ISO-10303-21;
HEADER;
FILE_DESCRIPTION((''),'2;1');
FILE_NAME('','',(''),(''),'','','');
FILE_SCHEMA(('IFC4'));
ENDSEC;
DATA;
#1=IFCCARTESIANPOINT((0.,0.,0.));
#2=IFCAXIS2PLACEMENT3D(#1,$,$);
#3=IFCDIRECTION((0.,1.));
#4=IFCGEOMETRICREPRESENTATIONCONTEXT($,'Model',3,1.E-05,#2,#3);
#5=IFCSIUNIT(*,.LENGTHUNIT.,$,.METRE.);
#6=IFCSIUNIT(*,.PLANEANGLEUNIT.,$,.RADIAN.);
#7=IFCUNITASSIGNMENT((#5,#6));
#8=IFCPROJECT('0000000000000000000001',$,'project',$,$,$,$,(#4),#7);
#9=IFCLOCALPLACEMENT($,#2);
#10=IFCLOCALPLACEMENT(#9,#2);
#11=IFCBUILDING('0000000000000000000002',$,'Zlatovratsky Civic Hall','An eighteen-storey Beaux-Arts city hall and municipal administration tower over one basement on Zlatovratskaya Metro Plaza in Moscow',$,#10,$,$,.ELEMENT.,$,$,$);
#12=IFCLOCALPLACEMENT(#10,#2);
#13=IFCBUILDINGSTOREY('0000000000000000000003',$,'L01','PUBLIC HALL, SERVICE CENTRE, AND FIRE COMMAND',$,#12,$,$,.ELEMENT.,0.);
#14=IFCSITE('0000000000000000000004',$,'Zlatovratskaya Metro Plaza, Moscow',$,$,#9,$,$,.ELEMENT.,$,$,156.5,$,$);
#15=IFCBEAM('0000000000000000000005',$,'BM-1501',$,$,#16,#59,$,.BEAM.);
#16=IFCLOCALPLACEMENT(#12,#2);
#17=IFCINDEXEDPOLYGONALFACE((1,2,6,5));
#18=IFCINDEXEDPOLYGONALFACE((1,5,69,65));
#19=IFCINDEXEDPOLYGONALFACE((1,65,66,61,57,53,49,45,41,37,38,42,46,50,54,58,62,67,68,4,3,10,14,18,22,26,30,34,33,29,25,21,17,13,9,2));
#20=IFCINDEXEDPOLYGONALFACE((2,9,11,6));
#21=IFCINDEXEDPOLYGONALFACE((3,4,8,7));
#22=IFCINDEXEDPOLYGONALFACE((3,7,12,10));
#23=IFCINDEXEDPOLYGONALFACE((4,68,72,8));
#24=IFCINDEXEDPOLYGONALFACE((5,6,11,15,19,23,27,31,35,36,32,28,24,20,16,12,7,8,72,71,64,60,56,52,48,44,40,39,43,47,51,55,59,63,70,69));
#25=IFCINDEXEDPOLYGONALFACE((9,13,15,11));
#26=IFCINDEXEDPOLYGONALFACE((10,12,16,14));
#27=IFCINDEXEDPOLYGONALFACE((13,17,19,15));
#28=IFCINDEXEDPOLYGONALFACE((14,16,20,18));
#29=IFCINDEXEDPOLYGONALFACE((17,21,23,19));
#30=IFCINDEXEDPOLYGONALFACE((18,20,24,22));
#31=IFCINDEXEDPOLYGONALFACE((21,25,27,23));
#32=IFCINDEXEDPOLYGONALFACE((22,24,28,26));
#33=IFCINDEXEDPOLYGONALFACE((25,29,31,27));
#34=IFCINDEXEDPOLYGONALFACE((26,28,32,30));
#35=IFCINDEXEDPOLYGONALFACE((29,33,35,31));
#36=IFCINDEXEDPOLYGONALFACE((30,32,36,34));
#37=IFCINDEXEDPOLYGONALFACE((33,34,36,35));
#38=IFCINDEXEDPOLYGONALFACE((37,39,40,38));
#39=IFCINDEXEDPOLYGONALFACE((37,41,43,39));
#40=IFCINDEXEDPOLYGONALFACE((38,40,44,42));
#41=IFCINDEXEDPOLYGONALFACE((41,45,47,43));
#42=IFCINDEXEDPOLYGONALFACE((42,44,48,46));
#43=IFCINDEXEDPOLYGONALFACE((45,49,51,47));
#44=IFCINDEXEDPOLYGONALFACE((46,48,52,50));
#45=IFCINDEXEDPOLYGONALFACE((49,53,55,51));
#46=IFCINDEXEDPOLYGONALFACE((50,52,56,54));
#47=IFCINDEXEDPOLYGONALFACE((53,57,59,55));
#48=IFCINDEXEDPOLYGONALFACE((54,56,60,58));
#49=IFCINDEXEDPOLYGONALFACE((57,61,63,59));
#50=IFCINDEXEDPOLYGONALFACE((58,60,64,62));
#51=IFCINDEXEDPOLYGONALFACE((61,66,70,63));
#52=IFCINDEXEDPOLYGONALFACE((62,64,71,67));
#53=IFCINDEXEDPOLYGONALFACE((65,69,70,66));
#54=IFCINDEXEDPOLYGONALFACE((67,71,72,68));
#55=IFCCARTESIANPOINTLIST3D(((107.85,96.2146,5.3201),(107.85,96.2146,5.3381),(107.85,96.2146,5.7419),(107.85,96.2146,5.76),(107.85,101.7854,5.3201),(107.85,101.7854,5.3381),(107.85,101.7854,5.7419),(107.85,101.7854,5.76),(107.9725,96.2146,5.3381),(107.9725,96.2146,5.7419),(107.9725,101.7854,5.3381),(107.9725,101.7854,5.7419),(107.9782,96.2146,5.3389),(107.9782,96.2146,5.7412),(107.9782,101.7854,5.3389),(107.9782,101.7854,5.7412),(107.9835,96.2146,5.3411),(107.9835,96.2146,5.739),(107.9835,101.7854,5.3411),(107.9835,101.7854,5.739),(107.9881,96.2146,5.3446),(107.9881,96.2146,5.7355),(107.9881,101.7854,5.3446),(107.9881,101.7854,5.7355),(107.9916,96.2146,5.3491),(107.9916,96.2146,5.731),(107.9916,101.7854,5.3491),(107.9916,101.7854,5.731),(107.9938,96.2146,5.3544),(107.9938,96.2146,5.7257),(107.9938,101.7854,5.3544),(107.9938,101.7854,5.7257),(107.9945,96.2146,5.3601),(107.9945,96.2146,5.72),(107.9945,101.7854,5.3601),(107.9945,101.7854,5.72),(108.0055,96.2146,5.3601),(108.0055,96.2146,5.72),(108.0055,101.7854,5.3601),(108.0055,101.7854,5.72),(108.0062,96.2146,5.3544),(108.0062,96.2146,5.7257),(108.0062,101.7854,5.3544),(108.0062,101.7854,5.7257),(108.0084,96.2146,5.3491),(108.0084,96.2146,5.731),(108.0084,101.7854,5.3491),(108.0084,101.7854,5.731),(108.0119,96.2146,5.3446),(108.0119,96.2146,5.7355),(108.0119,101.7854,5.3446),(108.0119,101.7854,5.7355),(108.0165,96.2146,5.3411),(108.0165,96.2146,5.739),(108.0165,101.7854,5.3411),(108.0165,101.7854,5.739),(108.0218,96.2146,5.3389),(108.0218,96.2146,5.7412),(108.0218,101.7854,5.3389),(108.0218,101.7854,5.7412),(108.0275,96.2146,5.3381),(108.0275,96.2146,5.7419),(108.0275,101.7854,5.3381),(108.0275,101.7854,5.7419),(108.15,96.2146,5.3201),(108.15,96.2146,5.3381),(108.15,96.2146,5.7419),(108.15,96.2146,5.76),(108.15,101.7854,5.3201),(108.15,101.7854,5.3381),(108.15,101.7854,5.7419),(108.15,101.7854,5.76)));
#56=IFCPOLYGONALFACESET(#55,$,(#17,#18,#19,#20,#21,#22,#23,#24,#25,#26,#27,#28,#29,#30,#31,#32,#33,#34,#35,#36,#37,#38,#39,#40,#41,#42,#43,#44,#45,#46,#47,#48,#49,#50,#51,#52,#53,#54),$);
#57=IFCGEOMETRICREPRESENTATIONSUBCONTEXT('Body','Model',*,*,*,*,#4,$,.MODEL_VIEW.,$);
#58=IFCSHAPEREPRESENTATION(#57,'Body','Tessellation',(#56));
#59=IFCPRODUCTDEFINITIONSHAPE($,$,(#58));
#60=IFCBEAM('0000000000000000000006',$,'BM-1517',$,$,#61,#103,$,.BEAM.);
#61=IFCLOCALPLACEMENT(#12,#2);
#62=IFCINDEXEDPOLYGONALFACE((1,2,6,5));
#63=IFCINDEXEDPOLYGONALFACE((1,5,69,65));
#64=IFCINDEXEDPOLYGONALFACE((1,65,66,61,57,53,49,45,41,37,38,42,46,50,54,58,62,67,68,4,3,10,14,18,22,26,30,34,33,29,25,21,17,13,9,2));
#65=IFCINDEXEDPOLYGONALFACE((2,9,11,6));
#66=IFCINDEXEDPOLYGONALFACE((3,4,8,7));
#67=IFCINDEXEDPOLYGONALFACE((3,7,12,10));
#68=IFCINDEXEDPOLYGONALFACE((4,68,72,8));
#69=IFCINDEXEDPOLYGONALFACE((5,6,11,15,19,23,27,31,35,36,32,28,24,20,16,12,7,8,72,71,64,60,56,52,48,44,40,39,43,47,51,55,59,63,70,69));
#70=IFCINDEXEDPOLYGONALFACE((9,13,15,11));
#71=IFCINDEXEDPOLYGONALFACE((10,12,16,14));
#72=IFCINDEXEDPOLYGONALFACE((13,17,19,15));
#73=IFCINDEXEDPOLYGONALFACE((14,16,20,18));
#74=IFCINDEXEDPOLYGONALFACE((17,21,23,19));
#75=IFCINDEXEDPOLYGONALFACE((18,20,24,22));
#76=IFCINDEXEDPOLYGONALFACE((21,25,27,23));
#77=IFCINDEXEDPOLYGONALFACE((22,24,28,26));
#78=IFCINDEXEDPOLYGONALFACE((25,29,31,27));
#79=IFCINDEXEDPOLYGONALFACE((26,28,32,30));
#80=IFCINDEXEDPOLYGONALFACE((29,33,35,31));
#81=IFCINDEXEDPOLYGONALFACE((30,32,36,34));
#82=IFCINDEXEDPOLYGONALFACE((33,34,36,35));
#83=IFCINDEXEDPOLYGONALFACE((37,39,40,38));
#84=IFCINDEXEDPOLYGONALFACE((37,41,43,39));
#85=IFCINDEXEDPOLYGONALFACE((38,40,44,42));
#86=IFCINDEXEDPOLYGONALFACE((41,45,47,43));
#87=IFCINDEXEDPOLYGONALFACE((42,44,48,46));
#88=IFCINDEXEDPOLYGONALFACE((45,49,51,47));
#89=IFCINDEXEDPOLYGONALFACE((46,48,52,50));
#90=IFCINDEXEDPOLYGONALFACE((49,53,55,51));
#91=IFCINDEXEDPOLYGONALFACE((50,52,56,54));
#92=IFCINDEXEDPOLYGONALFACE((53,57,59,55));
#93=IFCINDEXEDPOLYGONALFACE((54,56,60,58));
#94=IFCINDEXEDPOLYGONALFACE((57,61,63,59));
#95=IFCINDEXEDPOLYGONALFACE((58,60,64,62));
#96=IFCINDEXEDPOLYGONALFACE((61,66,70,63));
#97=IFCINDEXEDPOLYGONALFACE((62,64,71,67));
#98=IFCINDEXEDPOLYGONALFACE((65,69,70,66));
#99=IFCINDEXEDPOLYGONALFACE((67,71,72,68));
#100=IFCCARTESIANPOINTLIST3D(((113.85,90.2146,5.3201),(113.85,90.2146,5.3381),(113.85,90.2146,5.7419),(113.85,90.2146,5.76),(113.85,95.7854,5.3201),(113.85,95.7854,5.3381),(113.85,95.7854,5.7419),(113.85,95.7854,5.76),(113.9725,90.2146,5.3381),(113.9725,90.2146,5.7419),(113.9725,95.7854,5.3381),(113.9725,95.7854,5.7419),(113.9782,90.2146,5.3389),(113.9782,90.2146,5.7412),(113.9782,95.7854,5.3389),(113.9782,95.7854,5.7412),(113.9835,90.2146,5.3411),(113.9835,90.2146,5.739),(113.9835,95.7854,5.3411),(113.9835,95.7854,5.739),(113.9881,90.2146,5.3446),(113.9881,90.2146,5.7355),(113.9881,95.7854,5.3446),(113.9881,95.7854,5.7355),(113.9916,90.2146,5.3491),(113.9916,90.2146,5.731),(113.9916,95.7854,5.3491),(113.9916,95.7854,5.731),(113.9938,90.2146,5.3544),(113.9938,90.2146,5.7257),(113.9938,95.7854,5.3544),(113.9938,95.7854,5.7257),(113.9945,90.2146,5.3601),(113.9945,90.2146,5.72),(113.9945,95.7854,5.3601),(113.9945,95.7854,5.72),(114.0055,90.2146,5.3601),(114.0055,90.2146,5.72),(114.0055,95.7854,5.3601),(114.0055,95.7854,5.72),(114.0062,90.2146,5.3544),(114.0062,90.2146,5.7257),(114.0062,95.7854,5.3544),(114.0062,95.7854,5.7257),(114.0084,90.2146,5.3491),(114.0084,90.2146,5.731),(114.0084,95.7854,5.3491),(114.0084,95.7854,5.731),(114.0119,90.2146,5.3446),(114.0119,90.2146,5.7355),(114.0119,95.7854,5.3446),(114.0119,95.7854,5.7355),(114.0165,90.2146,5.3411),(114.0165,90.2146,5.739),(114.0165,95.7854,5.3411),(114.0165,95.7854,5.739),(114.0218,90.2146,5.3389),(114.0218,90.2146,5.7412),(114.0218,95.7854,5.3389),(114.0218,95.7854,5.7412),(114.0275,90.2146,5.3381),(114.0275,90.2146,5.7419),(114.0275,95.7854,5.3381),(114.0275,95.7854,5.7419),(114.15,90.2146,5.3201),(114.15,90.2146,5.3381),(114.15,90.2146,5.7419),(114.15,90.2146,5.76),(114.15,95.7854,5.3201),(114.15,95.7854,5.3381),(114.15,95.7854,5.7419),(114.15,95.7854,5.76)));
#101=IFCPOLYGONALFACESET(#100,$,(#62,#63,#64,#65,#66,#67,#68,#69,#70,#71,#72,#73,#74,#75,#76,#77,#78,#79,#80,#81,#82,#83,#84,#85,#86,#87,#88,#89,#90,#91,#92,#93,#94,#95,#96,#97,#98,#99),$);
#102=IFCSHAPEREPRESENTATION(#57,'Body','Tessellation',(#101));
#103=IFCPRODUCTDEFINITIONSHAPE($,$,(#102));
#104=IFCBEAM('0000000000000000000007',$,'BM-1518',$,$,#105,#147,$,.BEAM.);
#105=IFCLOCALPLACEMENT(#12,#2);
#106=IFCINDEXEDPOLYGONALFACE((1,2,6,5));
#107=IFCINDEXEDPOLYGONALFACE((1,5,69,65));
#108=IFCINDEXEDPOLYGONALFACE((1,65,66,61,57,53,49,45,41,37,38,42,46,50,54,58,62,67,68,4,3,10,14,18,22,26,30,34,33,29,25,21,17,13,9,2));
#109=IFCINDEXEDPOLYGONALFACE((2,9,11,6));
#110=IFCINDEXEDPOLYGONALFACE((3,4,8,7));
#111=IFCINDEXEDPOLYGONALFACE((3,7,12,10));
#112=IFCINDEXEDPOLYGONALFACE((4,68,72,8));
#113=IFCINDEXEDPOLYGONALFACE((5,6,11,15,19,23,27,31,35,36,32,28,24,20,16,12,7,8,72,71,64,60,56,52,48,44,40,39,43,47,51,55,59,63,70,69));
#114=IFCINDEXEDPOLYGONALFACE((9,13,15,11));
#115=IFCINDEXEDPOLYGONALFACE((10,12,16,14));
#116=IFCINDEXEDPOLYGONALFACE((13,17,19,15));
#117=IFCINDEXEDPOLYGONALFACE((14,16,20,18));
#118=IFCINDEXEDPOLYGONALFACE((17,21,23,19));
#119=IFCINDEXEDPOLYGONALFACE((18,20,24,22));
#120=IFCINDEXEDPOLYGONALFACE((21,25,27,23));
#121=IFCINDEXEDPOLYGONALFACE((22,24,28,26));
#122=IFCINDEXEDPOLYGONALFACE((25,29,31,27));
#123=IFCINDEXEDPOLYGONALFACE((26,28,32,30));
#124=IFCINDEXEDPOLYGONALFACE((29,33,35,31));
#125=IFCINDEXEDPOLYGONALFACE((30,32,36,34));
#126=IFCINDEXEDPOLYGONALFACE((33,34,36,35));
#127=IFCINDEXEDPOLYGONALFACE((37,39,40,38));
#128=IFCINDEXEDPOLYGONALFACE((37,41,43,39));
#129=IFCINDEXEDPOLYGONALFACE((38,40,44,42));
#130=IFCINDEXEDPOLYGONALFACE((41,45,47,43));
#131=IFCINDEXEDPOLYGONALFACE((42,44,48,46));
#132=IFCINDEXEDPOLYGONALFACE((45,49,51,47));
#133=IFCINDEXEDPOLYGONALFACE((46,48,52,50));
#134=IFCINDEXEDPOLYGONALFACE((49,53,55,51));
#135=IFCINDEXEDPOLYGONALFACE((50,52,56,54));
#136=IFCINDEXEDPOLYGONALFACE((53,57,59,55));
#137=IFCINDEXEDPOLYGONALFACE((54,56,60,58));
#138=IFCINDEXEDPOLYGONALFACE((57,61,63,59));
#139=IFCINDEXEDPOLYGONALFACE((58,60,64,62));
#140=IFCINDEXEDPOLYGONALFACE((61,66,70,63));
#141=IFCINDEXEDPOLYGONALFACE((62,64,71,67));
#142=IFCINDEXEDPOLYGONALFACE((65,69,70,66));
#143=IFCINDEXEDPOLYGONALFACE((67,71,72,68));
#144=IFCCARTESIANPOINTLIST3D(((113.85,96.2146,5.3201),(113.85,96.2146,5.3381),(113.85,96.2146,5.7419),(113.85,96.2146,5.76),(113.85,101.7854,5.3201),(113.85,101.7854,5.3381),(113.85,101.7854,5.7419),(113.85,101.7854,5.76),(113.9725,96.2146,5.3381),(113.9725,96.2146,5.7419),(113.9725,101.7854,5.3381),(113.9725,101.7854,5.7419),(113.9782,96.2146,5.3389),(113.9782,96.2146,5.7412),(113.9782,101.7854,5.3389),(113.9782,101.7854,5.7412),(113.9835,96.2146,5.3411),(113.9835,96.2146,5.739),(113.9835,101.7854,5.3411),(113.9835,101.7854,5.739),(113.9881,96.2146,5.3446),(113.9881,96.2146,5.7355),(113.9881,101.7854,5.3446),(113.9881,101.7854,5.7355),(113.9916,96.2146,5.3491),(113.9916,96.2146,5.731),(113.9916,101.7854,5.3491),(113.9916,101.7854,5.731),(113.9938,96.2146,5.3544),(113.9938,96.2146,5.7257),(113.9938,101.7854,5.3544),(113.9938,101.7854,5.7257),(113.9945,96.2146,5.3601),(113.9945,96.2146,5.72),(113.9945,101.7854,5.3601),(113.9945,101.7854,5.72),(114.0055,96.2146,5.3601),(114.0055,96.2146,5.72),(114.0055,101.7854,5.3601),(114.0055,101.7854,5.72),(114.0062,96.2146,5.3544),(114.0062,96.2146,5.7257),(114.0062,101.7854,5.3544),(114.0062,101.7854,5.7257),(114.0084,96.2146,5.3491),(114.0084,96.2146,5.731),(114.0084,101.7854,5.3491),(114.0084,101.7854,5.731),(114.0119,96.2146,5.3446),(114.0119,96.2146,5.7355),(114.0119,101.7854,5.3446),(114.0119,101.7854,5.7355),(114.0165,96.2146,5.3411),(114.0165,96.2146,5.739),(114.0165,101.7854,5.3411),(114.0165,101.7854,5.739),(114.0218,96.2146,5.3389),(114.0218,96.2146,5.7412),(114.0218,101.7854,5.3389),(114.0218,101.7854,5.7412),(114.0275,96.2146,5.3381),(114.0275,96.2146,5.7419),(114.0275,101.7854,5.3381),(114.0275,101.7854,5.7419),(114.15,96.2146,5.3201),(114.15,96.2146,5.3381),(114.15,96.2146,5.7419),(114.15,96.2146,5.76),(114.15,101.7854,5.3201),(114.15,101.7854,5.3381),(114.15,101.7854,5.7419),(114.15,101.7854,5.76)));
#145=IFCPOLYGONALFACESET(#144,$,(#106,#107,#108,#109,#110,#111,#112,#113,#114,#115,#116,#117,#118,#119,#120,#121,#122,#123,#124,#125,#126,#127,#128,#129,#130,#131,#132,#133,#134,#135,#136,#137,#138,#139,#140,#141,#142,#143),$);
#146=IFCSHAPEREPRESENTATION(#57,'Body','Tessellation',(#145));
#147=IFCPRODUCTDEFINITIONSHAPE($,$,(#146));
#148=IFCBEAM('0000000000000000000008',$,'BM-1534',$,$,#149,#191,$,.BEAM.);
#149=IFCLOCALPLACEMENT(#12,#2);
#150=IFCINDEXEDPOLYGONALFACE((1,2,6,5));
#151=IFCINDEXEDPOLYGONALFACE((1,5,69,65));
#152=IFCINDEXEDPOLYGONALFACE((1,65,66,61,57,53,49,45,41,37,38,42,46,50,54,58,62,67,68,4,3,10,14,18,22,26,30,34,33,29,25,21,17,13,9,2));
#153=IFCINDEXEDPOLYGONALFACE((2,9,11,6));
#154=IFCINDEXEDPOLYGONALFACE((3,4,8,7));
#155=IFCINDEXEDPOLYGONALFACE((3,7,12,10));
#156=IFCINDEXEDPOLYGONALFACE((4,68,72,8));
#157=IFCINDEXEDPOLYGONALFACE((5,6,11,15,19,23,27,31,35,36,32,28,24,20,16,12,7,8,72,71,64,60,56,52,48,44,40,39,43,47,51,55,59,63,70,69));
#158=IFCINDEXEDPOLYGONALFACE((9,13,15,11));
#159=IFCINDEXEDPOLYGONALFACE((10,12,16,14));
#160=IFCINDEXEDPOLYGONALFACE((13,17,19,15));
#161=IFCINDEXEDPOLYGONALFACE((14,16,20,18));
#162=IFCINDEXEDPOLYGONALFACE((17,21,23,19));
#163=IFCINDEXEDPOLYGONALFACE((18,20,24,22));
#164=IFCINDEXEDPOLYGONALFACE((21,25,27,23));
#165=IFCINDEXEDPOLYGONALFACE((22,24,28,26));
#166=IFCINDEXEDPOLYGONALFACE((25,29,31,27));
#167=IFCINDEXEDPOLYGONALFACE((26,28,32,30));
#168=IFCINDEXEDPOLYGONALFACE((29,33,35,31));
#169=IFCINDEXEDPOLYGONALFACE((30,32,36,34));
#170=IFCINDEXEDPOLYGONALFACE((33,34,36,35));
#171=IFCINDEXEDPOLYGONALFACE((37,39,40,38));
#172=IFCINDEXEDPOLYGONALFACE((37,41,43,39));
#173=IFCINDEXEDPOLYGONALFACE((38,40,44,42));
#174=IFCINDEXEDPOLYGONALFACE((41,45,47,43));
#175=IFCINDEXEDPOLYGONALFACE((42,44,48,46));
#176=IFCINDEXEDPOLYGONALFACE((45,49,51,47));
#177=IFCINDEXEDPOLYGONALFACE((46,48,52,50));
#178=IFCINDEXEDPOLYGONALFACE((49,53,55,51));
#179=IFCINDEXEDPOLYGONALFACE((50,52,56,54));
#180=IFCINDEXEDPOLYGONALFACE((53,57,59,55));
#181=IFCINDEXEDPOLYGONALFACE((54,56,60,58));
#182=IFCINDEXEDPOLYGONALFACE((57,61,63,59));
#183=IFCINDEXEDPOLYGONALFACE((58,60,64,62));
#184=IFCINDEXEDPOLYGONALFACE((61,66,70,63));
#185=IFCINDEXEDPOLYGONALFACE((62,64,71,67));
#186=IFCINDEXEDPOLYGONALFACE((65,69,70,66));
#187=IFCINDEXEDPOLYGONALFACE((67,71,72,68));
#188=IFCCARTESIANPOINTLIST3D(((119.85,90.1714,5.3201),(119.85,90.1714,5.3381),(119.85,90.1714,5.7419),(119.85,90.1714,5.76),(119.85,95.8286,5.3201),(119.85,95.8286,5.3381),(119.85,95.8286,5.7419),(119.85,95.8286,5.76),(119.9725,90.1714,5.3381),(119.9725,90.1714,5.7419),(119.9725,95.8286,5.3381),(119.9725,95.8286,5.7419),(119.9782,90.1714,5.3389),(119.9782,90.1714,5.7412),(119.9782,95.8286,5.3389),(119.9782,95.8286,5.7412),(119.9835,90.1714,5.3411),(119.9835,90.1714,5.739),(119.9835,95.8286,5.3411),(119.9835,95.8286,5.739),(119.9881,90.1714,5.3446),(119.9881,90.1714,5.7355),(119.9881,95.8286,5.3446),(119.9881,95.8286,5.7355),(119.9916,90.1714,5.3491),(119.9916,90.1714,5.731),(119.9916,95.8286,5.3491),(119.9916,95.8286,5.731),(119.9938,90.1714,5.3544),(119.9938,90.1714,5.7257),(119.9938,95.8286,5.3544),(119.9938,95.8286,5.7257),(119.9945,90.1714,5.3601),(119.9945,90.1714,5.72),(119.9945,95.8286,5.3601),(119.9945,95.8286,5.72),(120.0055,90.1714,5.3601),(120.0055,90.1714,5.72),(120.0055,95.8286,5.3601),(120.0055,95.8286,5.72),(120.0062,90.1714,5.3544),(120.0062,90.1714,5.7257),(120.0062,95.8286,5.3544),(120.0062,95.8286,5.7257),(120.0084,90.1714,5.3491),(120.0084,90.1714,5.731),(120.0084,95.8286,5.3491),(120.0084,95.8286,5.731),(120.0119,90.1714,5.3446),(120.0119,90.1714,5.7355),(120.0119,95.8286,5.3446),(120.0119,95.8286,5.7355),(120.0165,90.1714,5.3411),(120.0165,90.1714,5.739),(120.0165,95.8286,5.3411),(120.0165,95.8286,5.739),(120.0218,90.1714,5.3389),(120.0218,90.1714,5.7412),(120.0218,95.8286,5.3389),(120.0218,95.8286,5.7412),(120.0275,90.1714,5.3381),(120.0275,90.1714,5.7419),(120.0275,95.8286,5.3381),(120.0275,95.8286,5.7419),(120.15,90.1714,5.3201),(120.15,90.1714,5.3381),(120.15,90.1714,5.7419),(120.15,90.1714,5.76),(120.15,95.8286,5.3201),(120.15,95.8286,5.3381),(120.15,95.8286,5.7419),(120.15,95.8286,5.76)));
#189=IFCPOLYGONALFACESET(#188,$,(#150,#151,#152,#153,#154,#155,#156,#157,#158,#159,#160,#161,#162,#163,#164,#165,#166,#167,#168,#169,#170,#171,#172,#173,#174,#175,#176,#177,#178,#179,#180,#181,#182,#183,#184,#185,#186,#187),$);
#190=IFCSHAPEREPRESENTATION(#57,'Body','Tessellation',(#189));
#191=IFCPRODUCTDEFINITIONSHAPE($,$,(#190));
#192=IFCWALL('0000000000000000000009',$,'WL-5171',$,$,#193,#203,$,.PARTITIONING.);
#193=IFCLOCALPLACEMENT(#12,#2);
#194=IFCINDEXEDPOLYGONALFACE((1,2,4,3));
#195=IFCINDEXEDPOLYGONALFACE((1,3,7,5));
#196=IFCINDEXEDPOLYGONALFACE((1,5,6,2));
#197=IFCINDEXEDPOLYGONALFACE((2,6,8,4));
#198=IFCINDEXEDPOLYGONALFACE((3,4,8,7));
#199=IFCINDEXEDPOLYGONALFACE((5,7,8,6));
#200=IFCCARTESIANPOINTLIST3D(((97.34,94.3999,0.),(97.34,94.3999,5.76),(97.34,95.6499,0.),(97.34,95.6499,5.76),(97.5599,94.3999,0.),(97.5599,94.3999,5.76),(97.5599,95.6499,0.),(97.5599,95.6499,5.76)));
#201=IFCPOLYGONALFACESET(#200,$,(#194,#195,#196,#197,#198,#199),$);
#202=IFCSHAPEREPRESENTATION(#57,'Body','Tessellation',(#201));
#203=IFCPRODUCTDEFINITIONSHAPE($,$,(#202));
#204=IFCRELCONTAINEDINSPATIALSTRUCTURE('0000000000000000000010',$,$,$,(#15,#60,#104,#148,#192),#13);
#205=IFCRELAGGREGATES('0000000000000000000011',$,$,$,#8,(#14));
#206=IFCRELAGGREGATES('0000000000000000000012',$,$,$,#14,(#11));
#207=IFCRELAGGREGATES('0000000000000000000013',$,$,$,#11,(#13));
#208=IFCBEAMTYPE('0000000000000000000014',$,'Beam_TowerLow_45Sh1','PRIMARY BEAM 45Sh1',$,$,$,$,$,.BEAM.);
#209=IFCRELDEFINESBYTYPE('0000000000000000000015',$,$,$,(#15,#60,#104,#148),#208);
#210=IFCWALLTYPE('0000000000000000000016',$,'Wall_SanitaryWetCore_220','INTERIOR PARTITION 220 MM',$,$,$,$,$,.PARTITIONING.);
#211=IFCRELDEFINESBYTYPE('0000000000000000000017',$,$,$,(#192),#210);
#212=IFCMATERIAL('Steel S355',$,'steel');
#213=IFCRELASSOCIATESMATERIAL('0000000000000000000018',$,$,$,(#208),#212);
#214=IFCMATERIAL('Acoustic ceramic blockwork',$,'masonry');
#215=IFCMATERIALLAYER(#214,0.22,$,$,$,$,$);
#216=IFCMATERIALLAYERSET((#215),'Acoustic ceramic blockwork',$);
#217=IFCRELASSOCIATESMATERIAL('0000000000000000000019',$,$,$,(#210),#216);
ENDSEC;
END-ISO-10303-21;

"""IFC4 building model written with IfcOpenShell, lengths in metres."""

from ifc_helpers import new_model, si_unit, direction, frame, frame_2d, origin, origin_2d, place, context, subcontext, project, spatial, rectangle, i_section, extrude, material, layer, layer_set, material_profile, profile_set, type_object, element, save


model = new_model("IFC4")

# Units and contexts
model_context = context("Model", 3, precision=1e-05, world=origin(), true_north=direction((0.0, 1.0)))
body_context = subcontext(model_context, "Body", "Model", "MODEL_VIEW")
ifc_project = project(units=[si_unit("LENGTHUNIT", "METRE"), si_unit("PLANEANGLEUNIT", "RADIAN")], contexts=[model_context])

# Site, building, storey
site_placement = place(None, origin())
site = spatial("IfcSite", under=ifc_project, at=site_placement, Name="Zlatovratskaya Metro Plaza, Moscow", CompositionType="ELEMENT", RefElevation=156.5)
building_placement = place(site_placement, origin())
building = spatial("IfcBuilding", under=site, at=building_placement, Name="Zlatovratsky Civic Hall", Description="An eighteen-storey Beaux-Arts city hall and municipal administration tower over one basement on Zlatovratskaya Metro Plaza in Moscow", CompositionType="ELEMENT")
storey_placement = place(building_placement, origin())
storey = spatial("IfcBuildingStorey", under=building, at=storey_placement, Name="L01", Description="PUBLIC HALL, SERVICE CENTRE, AND FIRE COMMAND", CompositionType="ELEMENT", Elevation=0.0)

# Shared definitions
ifc_material_1 = material(Name="Steel S355", Category="steel")

# Beams
ifc_material_profile_1 = material_profile(ifc_material_1, i_section(OverallWidth=0.3, OverallDepth=0.4399, WebThickness=0.011, FlangeThickness=0.0181, FilletRadius=0.022, at=origin_2d()), Name="45Sh1")
ifc_profile_set_1 = profile_set([ifc_material_profile_1], Name="Steel S355")
beam_type = type_object("IfcBeamType", Name="Beam_TowerLow_45Sh1", Description="PRIMARY BEAM 45Sh1", PredefinedType="BEAM", material=ifc_profile_set_1)
for number, where, z_axis, x_axis, name in (
    (1, (108.0, 96.2146, 5.54), (0.0, 1.0, 0.0), (-1.0, 0.0, 0.0), "BM-1501"),
    (2, (114.0, 90.2146, 5.54), (0.0, 1.0, 0.0), (-1.0, 0.0, 0.0), "BM-1517"),
    (3, (114.0, 96.2146, 5.54), (0.0, 1.0, 0.0), (-1.0, 0.0, 0.0), "BM-1518"),
):
    element("IfcBeam", number, at=place(storey_placement, frame(where, z_axis=z_axis, x_axis=x_axis)), inside=storey, type_object=beam_type, Name=name, PredefinedType="BEAM", context=body_context, shape_type="SweptSolid", body=[
        extrude(i_section(OverallWidth=0.3, OverallDepth=0.4399, WebThickness=0.011, FlangeThickness=0.0181, FilletRadius=0.022, at=origin_2d()), origin(), (0.0, 0.0, 1.0), 5.5708),
    ])
beam_1_placement = place(storey_placement, frame((120.0, 90.1714, 5.54), z_axis=(0.0, 1.0, 0.0), x_axis=(-1.0, 0.0, 0.0)))
element("IfcBeam", 4, at=beam_1_placement, inside=storey, type_object=beam_type, Name="BM-1534", PredefinedType="BEAM", context=body_context, shape_type="SweptSolid", body=[
    extrude(i_section(OverallWidth=0.3, OverallDepth=0.4399, WebThickness=0.011, FlangeThickness=0.0181, FilletRadius=0.022, at=origin_2d()), origin(), (0.0, 0.0, 1.0), 5.6572),
])

# Wall
ifc_material_2 = material(Name="Acoustic ceramic blockwork", Category="masonry")
ifc_layer = layer(ifc_material_2, 0.22)
ifc_layer_set = layer_set([ifc_layer], Name="Acoustic ceramic blockwork")
wall_type = type_object("IfcWallType", Name="Wall_SanitaryWetCore_220", Description="INTERIOR PARTITION 220 MM", PredefinedType="PARTITIONING", material=ifc_layer_set)
for number, where, z_axis, x_axis, name in (
    (5, (97.45, 94.3999, 0.0), (0.0, 0.0, 1.0), (0.0, 1.0, 0.0), "WL-5171"),
):
    element("IfcWall", number, at=place(storey_placement, frame(where, z_axis=z_axis, x_axis=x_axis)), inside=storey, type_object=wall_type, Name=name, PredefinedType="PARTITIONING", context=body_context, shape_type="SweptSolid", body=[
        extrude(rectangle(XDim=1.25, YDim=0.22, at=frame_2d((0.625, 0.0))), origin(), (0.0, 0.0, 1.0), 5.76),
    ])

save(model, "model.ifc")
